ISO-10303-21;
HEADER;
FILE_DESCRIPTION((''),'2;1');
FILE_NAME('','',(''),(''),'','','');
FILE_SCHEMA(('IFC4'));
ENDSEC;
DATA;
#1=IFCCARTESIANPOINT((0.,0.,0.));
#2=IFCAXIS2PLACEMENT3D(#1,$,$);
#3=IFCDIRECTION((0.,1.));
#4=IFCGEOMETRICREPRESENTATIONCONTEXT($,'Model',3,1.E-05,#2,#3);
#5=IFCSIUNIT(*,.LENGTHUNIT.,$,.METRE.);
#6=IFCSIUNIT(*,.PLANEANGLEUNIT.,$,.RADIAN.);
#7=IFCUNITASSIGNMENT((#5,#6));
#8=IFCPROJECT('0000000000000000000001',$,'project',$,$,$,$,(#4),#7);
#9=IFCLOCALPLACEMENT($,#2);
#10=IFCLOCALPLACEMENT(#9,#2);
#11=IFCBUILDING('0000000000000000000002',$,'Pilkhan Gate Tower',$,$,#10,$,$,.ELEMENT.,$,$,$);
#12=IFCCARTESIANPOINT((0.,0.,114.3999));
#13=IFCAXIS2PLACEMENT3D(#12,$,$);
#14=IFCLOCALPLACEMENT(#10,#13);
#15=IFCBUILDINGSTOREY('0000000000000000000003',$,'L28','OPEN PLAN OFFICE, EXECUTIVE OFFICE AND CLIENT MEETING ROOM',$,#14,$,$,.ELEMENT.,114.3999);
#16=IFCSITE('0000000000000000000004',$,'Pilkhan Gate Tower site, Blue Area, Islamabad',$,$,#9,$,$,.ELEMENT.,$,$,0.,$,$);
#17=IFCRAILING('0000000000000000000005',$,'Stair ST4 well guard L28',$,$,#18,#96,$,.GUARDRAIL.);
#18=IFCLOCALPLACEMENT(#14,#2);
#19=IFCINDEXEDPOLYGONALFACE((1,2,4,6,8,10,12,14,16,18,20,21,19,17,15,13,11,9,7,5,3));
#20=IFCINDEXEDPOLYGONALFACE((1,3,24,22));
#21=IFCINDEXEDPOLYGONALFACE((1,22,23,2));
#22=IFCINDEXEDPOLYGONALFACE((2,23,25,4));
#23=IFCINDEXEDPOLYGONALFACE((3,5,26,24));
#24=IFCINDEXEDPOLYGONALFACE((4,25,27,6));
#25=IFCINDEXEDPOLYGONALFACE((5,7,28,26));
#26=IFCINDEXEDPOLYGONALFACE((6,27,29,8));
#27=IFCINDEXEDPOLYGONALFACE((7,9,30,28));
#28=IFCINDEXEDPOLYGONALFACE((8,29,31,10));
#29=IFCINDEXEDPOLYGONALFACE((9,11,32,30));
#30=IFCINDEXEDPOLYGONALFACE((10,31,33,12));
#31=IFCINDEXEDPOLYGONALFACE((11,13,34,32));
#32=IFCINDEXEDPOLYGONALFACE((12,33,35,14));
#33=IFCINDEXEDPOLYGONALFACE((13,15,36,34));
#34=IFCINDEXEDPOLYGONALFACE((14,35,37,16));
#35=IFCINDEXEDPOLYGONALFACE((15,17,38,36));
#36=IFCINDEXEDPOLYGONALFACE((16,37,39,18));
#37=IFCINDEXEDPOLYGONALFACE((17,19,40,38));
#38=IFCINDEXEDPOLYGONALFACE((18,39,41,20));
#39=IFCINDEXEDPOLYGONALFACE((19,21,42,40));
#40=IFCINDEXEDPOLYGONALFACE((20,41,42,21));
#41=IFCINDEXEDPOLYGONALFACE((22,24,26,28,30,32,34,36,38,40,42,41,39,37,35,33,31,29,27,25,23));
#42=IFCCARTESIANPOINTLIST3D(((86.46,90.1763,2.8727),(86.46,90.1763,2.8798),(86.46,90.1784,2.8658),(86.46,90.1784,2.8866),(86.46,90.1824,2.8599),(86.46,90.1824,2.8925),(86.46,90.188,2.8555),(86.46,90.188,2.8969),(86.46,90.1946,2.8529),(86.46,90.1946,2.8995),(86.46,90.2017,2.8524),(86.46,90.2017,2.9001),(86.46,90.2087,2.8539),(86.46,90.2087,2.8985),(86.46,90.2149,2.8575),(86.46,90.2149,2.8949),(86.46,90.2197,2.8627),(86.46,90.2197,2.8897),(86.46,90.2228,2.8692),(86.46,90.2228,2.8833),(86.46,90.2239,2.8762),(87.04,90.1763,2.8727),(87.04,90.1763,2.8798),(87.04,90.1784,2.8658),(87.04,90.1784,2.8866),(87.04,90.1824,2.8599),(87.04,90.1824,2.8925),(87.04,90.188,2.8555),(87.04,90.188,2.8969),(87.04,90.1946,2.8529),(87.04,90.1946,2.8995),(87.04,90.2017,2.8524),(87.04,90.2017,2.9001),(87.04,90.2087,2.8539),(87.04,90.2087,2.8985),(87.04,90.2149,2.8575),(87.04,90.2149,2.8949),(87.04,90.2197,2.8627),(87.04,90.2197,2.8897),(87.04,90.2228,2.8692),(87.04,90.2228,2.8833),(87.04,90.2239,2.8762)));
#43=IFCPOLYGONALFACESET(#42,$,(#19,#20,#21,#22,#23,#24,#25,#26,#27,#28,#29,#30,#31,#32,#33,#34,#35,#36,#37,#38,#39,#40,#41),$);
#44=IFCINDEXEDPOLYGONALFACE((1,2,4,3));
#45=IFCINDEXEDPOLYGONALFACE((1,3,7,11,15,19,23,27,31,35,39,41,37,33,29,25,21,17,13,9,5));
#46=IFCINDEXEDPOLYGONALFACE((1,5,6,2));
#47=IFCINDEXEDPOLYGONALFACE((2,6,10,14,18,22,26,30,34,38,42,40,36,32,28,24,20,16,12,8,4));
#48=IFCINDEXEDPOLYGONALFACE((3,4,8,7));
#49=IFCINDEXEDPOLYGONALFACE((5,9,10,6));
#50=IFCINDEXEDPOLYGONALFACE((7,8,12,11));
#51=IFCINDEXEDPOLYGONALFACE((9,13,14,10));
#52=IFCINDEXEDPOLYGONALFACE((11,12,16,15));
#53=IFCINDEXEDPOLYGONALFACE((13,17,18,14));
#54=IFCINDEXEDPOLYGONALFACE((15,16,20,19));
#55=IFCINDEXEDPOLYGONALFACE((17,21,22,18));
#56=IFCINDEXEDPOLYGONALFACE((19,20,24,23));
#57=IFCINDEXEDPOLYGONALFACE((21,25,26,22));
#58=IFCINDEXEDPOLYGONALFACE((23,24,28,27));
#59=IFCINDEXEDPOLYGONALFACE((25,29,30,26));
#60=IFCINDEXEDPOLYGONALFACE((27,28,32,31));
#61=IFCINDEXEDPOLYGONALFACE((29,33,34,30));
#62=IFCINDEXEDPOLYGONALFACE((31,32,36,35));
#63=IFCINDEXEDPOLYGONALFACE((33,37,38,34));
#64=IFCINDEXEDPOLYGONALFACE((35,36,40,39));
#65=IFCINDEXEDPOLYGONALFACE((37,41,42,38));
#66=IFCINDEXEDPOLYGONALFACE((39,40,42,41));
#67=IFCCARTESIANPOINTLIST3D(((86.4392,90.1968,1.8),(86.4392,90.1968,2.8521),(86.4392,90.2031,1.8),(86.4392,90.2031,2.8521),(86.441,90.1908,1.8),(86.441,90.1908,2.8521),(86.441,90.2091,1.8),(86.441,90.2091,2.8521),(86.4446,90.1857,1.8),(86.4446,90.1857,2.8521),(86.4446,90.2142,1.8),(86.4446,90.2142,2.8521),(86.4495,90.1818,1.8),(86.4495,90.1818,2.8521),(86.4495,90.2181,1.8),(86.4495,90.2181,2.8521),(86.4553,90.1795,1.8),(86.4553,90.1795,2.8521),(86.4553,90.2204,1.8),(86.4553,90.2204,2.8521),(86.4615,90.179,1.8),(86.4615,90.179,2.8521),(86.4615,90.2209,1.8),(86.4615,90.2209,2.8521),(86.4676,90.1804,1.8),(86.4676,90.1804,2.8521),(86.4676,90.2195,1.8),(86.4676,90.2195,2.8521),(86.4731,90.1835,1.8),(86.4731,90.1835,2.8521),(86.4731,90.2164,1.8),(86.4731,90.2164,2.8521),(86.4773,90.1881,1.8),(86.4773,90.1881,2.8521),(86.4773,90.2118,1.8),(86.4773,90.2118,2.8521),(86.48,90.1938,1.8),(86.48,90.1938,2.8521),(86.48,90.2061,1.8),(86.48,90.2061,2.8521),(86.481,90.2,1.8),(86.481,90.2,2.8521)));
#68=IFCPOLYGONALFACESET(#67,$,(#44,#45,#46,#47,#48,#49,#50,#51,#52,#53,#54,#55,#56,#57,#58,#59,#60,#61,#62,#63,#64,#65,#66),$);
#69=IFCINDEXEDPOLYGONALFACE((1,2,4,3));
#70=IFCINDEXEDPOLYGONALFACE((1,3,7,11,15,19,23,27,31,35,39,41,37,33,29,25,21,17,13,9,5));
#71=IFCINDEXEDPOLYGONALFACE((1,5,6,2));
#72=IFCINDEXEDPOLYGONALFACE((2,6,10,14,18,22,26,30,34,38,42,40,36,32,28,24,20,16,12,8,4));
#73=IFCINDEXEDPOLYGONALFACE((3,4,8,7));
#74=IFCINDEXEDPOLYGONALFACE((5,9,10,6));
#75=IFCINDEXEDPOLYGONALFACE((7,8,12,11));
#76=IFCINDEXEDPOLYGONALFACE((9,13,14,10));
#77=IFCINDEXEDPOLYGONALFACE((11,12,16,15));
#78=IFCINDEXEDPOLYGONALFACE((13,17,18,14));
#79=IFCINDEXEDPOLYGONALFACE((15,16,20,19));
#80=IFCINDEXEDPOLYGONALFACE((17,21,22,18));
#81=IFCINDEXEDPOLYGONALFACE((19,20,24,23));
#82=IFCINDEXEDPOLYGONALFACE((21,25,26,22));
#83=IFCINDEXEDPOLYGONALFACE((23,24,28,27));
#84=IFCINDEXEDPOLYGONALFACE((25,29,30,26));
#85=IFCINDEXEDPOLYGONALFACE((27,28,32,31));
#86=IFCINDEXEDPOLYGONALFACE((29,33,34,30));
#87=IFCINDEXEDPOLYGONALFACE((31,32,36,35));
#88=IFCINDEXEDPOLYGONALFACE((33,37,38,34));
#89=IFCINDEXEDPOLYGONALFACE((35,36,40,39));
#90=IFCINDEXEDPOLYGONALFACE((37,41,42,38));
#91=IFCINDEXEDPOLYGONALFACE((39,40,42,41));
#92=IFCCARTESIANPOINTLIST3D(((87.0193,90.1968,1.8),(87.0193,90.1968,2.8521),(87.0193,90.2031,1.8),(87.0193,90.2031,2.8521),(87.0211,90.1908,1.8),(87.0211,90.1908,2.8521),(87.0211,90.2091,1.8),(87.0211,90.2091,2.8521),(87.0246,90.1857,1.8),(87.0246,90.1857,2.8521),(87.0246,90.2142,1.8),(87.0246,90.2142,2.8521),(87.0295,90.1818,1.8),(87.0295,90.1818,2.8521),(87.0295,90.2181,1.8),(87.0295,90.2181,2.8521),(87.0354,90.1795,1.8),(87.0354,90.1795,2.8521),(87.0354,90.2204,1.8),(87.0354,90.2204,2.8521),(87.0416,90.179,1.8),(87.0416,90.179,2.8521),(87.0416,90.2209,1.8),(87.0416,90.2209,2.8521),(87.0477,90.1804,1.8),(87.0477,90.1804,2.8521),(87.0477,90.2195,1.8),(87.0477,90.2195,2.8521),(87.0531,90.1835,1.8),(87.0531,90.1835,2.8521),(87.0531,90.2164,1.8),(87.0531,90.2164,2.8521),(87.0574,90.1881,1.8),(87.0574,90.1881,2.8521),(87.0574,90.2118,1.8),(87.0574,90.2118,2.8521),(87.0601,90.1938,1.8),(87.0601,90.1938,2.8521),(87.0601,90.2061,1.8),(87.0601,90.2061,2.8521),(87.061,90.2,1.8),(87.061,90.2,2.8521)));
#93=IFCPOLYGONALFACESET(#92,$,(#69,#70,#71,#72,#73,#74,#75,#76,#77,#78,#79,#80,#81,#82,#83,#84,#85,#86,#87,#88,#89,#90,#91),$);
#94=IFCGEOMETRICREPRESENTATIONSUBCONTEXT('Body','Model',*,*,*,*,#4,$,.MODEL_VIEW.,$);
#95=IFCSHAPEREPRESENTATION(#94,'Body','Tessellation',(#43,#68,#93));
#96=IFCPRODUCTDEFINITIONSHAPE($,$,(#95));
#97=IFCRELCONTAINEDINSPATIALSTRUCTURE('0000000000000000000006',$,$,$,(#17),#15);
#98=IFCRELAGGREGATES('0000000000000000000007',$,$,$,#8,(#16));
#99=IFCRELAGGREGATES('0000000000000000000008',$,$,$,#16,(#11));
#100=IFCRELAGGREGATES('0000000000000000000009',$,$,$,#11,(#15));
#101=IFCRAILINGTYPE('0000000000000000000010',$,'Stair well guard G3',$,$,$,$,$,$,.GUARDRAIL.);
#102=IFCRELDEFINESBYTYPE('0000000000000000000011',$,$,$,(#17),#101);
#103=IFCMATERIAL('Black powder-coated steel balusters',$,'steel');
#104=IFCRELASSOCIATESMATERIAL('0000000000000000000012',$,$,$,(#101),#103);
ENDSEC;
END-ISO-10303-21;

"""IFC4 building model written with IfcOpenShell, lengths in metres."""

from ifc_helpers import new_model, si_unit, direction, frame, origin, origin_2d, place, context, subcontext, project, spatial, circle, extrude, material, type_object, element, save


model = new_model("IFC4")

# Units and contexts
model_context = context("Model", 3, precision=1e-05, world=origin(), true_north=direction((0.0, 1.0)))
body_context = subcontext(model_context, "Body", "Model", "MODEL_VIEW")
ifc_project = project(units=[si_unit("LENGTHUNIT", "METRE"), si_unit("PLANEANGLEUNIT", "RADIAN")], contexts=[model_context])

# Site, building, storey
site_placement = place(None, origin())
site = spatial("IfcSite", under=ifc_project, at=site_placement, Name="Pilkhan Gate Tower site, Blue Area, Islamabad", CompositionType="ELEMENT", RefElevation=0.0)
building_placement = place(site_placement, origin())
building = spatial("IfcBuilding", under=site, at=building_placement, Name="Pilkhan Gate Tower", CompositionType="ELEMENT")
storey_placement = place(building_placement, frame((0.0, 0.0, 114.3999)))
storey = spatial("IfcBuildingStorey", under=building, at=storey_placement, Name="L28", Description="OPEN PLAN OFFICE, EXECUTIVE OFFICE AND CLIENT MEETING ROOM", CompositionType="ELEMENT", Elevation=114.3999)

# Railing
ifc_material_1 = material(Name="Black powder-coated steel balusters", Category="steel")
railing_type_1 = type_object("IfcRailingType", Name="Stair well guard G3", PredefinedType="GUARDRAIL", material=ifc_material_1)
for number, where, name in (
    (1, (86.46, 90.2, 1.8), "Stair ST4 well guard L28"),
):
    element("IfcRailing", number, at=place(storey_placement, frame(where)), inside=storey, type_object=railing_type_1, Name=name, PredefinedType="GUARDRAIL", context=body_context, shape_type="SweptSolid", body=[
        extrude(circle(Radius=0.0239, at=origin_2d()), frame((0.0, 0.0, 1.0762), z_axis=(1.0, 0.0, 0.0), x_axis=(0.0, 1.0, 0.0)), (0.0, 0.0, 1.0), 0.5801),
        extrude(circle(Radius=0.021, at=origin_2d()), origin(), (0.0, 0.0, 1.0), 1.052),
        extrude(circle(Radius=0.021, at=origin_2d()), frame((0.5801, 0.0, 0.0)), (0.0, 0.0, 1.0), 1.052),
    ])

save(model, "model.ifc")
